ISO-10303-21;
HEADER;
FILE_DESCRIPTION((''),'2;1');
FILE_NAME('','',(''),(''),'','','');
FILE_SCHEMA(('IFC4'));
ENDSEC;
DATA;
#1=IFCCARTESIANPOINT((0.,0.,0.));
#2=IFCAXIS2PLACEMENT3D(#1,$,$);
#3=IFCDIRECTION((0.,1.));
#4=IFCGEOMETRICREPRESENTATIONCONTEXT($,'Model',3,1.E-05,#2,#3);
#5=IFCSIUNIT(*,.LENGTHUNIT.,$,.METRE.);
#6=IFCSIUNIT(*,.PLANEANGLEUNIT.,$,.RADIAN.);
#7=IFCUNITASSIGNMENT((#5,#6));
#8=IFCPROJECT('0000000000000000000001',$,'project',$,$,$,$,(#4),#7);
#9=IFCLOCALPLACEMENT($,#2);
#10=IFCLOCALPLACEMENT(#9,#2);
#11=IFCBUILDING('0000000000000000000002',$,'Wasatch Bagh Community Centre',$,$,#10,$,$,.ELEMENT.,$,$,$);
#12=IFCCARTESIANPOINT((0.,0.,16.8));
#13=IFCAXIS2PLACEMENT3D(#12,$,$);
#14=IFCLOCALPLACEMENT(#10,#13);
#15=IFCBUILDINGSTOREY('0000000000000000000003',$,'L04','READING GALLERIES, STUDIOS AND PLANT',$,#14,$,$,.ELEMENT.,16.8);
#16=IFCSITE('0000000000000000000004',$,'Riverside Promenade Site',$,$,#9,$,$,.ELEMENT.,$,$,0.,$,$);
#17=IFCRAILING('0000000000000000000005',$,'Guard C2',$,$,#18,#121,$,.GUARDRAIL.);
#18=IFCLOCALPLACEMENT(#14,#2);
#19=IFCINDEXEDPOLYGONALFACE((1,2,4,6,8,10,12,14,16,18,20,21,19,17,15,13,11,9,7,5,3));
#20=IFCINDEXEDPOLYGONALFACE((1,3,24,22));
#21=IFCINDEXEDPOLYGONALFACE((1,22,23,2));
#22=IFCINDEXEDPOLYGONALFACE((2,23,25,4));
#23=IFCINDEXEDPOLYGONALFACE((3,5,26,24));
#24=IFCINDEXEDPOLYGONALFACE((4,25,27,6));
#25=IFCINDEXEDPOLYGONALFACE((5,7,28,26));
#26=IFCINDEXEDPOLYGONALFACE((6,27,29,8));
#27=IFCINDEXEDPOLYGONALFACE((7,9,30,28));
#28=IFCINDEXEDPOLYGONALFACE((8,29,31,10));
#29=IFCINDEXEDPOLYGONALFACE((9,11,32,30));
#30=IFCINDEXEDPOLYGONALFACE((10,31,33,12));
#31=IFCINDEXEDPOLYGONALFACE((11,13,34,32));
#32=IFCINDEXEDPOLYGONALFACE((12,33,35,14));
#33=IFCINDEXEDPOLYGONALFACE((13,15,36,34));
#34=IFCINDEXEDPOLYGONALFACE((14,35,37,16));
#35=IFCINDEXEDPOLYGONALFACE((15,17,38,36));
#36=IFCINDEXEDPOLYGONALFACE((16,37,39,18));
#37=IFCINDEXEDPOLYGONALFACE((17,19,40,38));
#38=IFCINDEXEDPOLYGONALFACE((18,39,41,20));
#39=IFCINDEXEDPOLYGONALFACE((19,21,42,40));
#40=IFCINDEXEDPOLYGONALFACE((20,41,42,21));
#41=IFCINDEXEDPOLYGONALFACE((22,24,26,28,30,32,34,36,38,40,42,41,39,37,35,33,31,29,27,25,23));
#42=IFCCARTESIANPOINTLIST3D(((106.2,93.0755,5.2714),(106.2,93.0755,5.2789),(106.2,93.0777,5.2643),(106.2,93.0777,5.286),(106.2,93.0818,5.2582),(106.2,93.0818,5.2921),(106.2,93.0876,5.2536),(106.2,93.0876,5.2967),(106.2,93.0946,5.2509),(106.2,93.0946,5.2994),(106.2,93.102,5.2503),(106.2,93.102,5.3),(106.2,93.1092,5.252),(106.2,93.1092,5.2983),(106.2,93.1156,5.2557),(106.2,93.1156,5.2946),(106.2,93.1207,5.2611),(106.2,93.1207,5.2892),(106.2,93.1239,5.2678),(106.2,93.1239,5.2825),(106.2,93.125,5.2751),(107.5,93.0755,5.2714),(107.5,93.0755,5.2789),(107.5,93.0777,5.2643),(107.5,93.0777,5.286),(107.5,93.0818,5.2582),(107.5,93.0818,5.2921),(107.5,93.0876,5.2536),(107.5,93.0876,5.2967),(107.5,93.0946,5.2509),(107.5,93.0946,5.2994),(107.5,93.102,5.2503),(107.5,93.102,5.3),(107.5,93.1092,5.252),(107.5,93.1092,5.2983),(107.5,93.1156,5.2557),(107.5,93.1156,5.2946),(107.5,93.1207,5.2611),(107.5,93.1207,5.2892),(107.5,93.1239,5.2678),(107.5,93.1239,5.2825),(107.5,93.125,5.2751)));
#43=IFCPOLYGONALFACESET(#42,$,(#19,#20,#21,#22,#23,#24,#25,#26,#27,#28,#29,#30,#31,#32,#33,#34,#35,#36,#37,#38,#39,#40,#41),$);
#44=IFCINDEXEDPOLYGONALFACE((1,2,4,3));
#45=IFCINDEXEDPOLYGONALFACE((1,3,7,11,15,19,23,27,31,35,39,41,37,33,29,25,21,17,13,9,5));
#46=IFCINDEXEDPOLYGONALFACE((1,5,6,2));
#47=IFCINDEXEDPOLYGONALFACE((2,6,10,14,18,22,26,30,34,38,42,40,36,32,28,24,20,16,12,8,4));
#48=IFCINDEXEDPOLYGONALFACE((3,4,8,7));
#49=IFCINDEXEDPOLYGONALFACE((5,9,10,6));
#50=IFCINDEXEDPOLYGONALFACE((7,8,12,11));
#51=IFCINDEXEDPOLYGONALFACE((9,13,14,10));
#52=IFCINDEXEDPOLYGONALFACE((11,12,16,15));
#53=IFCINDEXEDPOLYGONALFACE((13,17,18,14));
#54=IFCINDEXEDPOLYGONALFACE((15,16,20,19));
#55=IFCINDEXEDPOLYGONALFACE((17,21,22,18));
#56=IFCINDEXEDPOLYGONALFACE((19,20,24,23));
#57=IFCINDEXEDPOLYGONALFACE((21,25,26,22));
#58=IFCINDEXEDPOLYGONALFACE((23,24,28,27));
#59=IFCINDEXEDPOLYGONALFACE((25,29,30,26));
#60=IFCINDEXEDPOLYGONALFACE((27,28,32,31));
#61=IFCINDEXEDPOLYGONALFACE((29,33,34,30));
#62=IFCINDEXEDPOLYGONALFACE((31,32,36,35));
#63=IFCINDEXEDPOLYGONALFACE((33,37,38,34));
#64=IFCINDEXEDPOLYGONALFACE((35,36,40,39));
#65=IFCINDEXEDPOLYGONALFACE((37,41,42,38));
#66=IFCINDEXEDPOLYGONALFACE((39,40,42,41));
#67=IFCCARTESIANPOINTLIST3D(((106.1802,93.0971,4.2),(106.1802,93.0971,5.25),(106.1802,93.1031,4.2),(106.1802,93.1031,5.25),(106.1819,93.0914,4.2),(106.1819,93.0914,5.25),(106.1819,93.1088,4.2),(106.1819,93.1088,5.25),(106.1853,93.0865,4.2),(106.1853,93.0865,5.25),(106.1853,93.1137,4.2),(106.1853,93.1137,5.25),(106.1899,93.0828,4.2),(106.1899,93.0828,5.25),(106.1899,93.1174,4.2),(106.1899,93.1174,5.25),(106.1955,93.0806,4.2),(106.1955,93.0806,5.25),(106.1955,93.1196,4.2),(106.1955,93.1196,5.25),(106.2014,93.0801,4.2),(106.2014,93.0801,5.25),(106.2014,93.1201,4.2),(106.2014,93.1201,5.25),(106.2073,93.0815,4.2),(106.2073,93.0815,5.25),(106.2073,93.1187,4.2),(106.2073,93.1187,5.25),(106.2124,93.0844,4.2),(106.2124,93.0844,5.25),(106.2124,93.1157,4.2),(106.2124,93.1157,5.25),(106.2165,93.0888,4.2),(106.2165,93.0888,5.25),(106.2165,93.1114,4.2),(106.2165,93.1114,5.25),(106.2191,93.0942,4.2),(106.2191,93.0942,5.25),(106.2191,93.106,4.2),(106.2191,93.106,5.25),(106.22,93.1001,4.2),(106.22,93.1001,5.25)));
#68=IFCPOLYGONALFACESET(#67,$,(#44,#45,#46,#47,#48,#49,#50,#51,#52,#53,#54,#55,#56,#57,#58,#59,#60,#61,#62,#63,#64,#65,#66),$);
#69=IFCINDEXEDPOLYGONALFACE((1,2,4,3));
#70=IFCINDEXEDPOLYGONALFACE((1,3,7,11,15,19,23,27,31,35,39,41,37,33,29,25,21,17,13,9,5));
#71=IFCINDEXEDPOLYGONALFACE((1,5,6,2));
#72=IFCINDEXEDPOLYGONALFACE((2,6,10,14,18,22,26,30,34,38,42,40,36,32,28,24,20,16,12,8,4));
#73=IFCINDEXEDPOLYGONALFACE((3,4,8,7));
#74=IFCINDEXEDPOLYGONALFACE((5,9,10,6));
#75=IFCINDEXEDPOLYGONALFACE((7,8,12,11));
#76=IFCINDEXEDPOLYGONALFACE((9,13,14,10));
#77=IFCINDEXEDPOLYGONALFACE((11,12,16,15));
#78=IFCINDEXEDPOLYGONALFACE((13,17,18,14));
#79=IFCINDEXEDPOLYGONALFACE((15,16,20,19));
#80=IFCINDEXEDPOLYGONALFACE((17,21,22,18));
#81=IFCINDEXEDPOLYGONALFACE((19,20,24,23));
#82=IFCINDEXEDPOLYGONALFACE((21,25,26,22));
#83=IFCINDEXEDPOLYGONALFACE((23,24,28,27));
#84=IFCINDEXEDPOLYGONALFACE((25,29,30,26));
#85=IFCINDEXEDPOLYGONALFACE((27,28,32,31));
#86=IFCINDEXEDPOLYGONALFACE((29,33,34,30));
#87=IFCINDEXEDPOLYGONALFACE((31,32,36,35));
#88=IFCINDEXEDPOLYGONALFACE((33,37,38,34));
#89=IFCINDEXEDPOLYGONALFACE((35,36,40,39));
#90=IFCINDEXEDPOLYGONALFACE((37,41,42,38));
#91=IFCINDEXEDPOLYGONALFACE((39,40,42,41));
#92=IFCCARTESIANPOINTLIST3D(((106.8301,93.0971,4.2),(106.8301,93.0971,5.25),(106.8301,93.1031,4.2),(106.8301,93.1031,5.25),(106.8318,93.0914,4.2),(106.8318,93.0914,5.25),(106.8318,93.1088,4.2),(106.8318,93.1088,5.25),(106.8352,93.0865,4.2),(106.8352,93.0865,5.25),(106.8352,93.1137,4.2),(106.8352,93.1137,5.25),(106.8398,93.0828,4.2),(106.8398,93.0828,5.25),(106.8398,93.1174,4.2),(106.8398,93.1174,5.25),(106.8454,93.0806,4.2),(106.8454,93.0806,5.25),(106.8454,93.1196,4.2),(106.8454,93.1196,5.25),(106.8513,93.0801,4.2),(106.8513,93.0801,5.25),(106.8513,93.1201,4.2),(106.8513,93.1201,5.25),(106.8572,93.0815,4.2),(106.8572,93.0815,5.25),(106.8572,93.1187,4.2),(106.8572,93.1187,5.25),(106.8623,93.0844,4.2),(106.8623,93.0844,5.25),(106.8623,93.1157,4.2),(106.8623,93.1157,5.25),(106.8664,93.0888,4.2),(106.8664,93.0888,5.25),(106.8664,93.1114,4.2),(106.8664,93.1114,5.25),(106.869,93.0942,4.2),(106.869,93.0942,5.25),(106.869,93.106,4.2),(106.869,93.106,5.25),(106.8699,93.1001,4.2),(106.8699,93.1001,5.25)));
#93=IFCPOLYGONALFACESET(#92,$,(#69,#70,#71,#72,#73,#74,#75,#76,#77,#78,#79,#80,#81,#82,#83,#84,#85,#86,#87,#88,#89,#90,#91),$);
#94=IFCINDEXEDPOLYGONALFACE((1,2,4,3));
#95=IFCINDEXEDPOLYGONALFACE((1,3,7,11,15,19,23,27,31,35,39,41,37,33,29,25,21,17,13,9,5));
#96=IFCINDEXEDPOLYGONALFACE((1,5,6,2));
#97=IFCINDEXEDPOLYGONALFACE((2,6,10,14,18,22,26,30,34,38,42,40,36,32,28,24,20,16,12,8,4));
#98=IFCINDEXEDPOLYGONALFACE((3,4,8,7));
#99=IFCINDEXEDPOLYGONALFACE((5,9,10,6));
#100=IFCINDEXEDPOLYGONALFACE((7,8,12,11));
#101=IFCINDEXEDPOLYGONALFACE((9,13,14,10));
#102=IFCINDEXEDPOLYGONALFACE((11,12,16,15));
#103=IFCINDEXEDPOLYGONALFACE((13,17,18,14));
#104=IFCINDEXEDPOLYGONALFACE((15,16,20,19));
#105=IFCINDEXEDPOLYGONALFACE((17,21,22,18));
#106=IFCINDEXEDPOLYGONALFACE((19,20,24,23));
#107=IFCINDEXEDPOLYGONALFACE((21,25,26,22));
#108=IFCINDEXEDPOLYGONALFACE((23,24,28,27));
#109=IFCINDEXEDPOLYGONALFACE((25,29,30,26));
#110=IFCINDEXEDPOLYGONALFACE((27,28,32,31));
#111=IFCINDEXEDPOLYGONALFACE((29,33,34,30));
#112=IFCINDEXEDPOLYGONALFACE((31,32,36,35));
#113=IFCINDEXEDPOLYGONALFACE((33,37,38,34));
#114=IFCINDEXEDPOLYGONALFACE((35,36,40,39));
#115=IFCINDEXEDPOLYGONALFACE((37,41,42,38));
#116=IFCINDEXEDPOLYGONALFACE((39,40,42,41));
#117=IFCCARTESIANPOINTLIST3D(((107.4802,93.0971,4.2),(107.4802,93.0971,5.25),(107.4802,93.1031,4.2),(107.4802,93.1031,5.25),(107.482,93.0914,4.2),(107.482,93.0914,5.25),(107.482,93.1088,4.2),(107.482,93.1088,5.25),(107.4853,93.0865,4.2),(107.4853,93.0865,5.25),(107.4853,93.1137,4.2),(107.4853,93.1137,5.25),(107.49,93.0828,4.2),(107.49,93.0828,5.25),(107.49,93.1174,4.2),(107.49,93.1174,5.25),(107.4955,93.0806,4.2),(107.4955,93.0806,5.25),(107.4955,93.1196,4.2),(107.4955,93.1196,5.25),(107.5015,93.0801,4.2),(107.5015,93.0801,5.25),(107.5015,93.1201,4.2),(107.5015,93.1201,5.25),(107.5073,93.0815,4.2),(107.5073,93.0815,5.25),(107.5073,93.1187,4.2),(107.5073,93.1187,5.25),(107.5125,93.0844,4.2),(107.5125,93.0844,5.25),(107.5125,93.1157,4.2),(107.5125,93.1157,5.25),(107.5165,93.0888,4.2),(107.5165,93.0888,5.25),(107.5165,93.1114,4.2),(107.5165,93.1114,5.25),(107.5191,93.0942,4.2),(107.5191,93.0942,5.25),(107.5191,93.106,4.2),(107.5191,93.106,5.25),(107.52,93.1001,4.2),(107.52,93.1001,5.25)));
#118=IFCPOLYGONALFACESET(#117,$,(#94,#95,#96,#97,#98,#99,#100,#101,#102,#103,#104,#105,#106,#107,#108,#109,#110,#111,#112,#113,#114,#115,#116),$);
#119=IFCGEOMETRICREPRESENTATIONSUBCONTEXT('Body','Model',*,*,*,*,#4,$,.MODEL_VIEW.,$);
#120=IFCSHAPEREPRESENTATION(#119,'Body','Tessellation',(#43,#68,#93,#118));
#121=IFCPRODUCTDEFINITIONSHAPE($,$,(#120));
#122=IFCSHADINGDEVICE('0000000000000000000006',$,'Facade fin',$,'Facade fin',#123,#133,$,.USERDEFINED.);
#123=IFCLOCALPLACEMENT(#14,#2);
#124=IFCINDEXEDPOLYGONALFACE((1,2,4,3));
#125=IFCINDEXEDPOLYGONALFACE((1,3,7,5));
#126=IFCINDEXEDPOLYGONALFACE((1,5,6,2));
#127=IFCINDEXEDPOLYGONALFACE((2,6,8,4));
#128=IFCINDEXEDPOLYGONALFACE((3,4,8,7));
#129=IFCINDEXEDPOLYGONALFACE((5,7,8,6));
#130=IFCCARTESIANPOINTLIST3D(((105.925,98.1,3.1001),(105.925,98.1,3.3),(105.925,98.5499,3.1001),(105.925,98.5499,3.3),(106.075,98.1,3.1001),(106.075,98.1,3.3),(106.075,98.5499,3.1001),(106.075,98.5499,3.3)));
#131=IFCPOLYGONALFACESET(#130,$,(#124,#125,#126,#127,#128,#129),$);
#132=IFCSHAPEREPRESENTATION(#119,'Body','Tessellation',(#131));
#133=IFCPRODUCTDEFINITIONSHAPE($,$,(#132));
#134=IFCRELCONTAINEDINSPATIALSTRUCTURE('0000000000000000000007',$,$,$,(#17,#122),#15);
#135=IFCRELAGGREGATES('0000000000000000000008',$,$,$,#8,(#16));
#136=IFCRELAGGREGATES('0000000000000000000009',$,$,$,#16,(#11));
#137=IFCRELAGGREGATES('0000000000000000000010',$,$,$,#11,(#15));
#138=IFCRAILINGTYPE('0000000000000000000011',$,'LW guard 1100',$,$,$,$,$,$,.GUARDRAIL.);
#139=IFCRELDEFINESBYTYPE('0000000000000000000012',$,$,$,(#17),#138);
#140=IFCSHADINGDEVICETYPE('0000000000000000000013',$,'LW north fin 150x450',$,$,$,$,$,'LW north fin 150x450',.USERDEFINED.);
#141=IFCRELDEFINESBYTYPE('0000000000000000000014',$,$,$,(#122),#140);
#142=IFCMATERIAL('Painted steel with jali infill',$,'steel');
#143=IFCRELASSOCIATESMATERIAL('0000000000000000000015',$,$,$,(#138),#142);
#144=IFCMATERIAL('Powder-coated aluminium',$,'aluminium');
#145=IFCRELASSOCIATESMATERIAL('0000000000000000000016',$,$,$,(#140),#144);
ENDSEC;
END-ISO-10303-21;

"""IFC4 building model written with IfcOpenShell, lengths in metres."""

from ifc_helpers import new_model, si_unit, direction, frame, origin, origin_2d, place, context, subcontext, project, spatial, rectangle, circle, extrude, material, type_object, element, save


model = new_model("IFC4")

# Units and contexts
model_context = context("Model", 3, precision=1e-05, world=origin(), true_north=direction((0.0, 1.0)))
body_context = subcontext(model_context, "Body", "Model", "MODEL_VIEW")
ifc_project = project(units=[si_unit("LENGTHUNIT", "METRE"), si_unit("PLANEANGLEUNIT", "RADIAN")], contexts=[model_context])

# Site, building, storey
site_placement = place(None, origin())
site = spatial("IfcSite", under=ifc_project, at=site_placement, Name="Riverside Promenade Site", CompositionType="ELEMENT", RefElevation=0.0)
building_placement = place(site_placement, origin())
building = spatial("IfcBuilding", under=site, at=building_placement, Name="Wasatch Bagh Community Centre", CompositionType="ELEMENT")
storey_placement = place(building_placement, frame((0.0, 0.0, 16.8)))
storey = spatial("IfcBuildingStorey", under=building, at=storey_placement, Name="L04", Description="READING GALLERIES, STUDIOS AND PLANT", CompositionType="ELEMENT", Elevation=16.8)

# Railing
ifc_material_1 = material(Name="Painted steel with jali infill", Category="steel")
railing_type_1 = type_object("IfcRailingType", Name="LW guard 1100", PredefinedType="GUARDRAIL", material=ifc_material_1)
for number, where, name in (
    (1, (106.2, 93.1001, 4.2), "Guard C2"),
):
    element("IfcRailing", number, at=place(storey_placement, frame(where)), inside=storey, type_object=railing_type_1, Name=name, PredefinedType="GUARDRAIL", context=body_context, shape_type="SweptSolid", body=[
        extrude(circle(Radius=0.0249, at=origin_2d()), frame((0.0, 0.0, 1.0752), z_axis=(1.0, 0.0, 0.0), x_axis=(0.0, 1.0, 0.0)), (0.0, 0.0, 1.0), 1.3),
        extrude(circle(Radius=0.02, at=origin_2d()), origin(), (0.0, 0.0, 1.0), 1.05),
        extrude(circle(Radius=0.02, at=origin_2d()), frame((0.6499, 0.0, 0.0)), (0.0, 0.0, 1.0), 1.05),
        extrude(circle(Radius=0.02, at=origin_2d()), frame((1.3, 0.0, 0.0)), (0.0, 0.0, 1.0), 1.05),
    ])

# Shading device
ifc_material_2 = material(Name="Powder-coated aluminium", Category="aluminium")
shading_device_type = type_object("IfcShadingDeviceType", Name="LW north fin 150x450", ElementType="LW north fin 150x450", PredefinedType="USERDEFINED", material=ifc_material_2)
shading_device_placement = place(storey_placement, frame((106.0, 98.325, 3.1001), z_axis=(0.0, 0.0, 1.0), x_axis=(1.0, 0.0, 0.0)))
element("IfcShadingDevice", 2, at=shading_device_placement, inside=storey, type_object=shading_device_type, Name="Facade fin", ObjectType="Facade fin", PredefinedType="USERDEFINED", context=body_context, shape_type="SweptSolid", body=[
    extrude(rectangle(XDim=0.1499, YDim=0.45, at=origin_2d()), origin(), (0.0, 0.0, 1.0), 0.2),
])

save(model, "model.ifc")
